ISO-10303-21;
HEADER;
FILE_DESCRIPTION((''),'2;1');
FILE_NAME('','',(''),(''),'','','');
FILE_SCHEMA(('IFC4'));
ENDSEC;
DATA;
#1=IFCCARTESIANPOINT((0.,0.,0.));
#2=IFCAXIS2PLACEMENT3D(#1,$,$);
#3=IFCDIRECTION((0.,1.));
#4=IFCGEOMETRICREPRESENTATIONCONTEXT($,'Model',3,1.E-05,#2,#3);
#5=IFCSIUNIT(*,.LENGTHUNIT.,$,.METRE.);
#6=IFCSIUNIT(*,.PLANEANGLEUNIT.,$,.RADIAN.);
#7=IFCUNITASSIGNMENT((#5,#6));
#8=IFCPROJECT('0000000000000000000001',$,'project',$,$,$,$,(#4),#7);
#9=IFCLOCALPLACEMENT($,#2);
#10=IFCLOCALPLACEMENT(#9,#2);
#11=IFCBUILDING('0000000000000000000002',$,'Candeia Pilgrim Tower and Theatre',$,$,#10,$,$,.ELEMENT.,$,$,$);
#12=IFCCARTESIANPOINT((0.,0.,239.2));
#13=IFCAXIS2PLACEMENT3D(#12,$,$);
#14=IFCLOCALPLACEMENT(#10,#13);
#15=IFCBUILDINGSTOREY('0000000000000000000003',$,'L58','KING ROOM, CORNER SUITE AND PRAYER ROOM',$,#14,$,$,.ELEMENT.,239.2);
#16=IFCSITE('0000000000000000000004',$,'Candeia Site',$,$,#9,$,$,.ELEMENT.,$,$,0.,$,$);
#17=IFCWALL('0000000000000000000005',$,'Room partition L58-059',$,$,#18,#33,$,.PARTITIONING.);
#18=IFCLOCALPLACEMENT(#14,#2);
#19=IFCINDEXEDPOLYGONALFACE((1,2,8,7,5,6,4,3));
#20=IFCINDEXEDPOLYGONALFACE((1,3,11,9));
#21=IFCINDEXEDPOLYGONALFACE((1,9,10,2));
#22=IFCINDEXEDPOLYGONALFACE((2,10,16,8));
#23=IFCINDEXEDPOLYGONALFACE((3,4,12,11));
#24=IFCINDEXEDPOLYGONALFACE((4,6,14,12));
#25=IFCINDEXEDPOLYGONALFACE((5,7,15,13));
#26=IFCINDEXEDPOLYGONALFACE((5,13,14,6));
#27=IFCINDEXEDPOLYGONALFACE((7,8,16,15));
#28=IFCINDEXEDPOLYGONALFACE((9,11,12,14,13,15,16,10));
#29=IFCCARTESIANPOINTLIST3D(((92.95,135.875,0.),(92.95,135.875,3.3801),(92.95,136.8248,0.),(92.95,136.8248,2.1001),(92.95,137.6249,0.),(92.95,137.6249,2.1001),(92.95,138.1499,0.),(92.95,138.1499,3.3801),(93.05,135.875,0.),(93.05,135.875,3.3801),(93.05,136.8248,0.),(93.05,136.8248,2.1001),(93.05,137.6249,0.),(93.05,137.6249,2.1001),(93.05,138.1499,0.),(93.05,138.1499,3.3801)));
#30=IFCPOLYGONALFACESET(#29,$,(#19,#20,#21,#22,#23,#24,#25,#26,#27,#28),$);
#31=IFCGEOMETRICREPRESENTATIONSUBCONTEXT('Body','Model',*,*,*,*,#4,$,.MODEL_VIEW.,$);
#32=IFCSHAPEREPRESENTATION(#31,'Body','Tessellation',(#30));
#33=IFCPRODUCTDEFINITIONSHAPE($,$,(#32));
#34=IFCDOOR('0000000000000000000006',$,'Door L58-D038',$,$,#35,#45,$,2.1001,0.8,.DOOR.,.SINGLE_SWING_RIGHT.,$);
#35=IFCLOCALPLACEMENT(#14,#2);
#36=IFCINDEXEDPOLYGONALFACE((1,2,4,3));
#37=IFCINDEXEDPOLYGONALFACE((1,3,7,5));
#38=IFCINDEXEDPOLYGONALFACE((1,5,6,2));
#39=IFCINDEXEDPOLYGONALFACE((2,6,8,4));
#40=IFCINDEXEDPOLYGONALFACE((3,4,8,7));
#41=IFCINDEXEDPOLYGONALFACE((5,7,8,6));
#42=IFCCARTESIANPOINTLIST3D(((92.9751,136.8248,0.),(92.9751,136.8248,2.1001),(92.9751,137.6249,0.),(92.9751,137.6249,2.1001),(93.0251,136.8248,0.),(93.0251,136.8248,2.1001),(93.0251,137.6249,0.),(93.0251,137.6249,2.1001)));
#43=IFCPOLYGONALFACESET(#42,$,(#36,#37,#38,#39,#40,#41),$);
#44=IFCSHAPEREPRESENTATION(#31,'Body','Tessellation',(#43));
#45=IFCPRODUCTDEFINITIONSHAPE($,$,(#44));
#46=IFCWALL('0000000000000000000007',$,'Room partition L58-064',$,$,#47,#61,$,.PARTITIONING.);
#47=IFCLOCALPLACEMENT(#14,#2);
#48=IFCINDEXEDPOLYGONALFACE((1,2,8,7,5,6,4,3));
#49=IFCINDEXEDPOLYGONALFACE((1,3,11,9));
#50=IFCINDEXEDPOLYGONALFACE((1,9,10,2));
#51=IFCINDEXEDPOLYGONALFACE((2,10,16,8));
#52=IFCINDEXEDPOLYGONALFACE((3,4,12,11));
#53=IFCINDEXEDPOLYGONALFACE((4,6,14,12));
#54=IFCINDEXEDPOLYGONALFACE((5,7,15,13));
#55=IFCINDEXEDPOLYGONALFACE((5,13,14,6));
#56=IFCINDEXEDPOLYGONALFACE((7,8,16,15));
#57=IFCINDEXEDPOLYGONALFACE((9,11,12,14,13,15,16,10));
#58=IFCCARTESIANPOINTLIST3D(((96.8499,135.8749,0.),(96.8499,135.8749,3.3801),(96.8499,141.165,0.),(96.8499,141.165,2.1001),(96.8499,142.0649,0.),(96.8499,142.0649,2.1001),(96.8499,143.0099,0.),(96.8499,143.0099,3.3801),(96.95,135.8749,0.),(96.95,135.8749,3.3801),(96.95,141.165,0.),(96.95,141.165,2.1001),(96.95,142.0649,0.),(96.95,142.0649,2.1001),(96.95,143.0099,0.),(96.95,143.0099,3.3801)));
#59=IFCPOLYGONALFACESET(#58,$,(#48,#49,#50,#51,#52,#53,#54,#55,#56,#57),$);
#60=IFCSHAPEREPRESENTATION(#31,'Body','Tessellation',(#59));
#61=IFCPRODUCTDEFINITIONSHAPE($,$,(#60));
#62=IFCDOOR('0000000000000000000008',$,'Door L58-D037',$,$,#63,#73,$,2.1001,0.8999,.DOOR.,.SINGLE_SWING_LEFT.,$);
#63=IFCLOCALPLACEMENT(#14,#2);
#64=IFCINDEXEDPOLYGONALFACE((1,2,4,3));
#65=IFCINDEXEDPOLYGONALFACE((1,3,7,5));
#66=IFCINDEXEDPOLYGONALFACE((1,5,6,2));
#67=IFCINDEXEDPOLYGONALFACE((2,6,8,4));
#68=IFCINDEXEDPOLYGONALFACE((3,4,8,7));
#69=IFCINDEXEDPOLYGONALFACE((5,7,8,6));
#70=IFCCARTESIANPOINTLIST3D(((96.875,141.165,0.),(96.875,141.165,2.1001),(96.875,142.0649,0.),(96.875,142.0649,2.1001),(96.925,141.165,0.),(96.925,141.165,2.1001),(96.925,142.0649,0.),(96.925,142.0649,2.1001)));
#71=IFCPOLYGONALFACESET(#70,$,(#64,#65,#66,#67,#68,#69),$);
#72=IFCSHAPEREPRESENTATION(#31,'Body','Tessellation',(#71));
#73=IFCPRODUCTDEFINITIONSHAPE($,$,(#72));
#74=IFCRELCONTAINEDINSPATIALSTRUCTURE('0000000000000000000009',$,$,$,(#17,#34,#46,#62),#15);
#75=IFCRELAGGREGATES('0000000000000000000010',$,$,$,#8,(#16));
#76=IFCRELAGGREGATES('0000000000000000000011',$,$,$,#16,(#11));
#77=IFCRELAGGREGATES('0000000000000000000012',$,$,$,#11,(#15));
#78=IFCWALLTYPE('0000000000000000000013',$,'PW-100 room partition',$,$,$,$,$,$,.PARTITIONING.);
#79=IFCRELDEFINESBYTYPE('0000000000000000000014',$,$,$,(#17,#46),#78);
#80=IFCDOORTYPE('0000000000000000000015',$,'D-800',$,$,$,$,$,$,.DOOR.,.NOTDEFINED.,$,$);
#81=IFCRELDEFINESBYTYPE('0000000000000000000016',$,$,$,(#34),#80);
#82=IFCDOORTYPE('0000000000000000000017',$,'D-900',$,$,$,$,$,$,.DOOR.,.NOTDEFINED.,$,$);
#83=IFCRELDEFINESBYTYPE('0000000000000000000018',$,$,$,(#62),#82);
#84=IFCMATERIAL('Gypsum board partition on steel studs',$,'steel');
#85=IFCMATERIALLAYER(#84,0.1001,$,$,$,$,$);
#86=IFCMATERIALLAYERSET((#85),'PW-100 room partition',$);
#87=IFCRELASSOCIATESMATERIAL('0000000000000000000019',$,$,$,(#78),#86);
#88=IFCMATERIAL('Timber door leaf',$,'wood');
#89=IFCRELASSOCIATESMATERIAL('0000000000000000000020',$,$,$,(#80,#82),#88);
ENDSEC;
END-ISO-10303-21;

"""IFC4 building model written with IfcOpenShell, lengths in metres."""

from ifc_helpers import new_model, si_unit, direction, frame, frame_2d, origin, place, context, subcontext, project, spatial, rectangle, extrude, material, layer, layer_set, type_object, element, fill, save


model = new_model("IFC4")

# Units and contexts
model_context = context("Model", 3, precision=1e-05, world=origin(), true_north=direction((0.0, 1.0)))
body_context = subcontext(model_context, "Body", "Model", "MODEL_VIEW")
ifc_project = project(units=[si_unit("LENGTHUNIT", "METRE"), si_unit("PLANEANGLEUNIT", "RADIAN")], contexts=[model_context])

# Site, building, storey
site_placement = place(None, origin())
site = spatial("IfcSite", under=ifc_project, at=site_placement, Name="Candeia Site", CompositionType="ELEMENT", RefElevation=0.0)
building_placement = place(site_placement, origin())
building = spatial("IfcBuilding", under=site, at=building_placement, Name="Candeia Pilgrim Tower and Theatre", CompositionType="ELEMENT")
storey_placement = place(building_placement, frame((0.0, 0.0, 239.2)))
storey = spatial("IfcBuildingStorey", under=building, at=storey_placement, Name="L58", Description="KING ROOM, CORNER SUITE AND PRAYER ROOM", CompositionType="ELEMENT", Elevation=239.2)

# Shared definitions
ifc_material_1 = material(Name="Gypsum board partition on steel studs", Category="steel")
ifc_layer_1 = layer(ifc_material_1, 0.1001)
ifc_layer_set_1 = layer_set([ifc_layer_1], Name="PW-100 room partition")
wall_type_1 = type_object("IfcWallType", Name="PW-100 room partition", PredefinedType="PARTITIONING", material=ifc_layer_set_1)

# Walls, openings, doors
wall_1_placement = place(storey_placement, frame((93.0, 135.875, 0.0), z_axis=(0.0, 0.0, 1.0), x_axis=(0.0, 1.0, 0.0)))
wall_1 = element("IfcWall", 1, at=wall_1_placement, inside=storey, type_object=wall_type_1, Name="Room partition L58-059", PredefinedType="PARTITIONING", context=body_context, shape_type="SweptSolid", body=[
    extrude(rectangle(XDim=2.2749, YDim=0.1001, at=frame_2d((1.1375, 0.0))), origin(), (0.0, 0.0, 1.0), 3.3801),
])
opening_1_placement = place(wall_1_placement, frame((0.95, 0.0, 0.0)))
opening_1 = element("IfcOpeningElement", 2, at=opening_1_placement, cuts=wall_1, PredefinedType="OPENING", context=body_context, shape_type="SweptSolid", body=[
    extrude(rectangle(XDim=0.8, YDim=2.1001, at=frame_2d((0.3999, 1.05))), frame((0.0, 0.0601, 0.0), z_axis=(0.0, -1.0, 0.0), x_axis=(1.0, 0.0, 0.0)), (0.0, 0.0, 1.0), 0.1201),
])
ifc_material_2 = material(Name="Timber door leaf", Category="wood")
door_type_1 = type_object("IfcDoorType", Name="D-800", OperationType="NOTDEFINED", PredefinedType="DOOR", material=ifc_material_2)
door_1_placement = place(opening_1_placement, origin())
door_1 = element("IfcDoor", 3, at=door_1_placement, inside=storey, type_object=door_type_1, Name="Door L58-D038", OperationType="SINGLE_SWING_RIGHT", OverallHeight=2.1001, OverallWidth=0.8, PredefinedType="DOOR", context=body_context, shape_type="SweptSolid", body=[
    extrude(rectangle(XDim=0.8, YDim=2.1001, at=frame_2d((0.3999, 1.05))), frame((0.0, 0.0249, 0.0), z_axis=(0.0, -1.0, 0.0), x_axis=(1.0, 0.0, 0.0)), (0.0, 0.0, 1.0), 0.05),
])
fill(opening_1, door_1)
wall_2_placement = place(storey_placement, frame((96.8999, 135.875, 0.0), z_axis=(0.0, 0.0, 1.0), x_axis=(0.0, 1.0, 0.0)))
wall_2 = element("IfcWall", 4, at=wall_2_placement, inside=storey, type_object=wall_type_1, Name="Room partition L58-064", PredefinedType="PARTITIONING", context=body_context, shape_type="SweptSolid", body=[
    extrude(rectangle(XDim=7.135, YDim=0.1001, at=frame_2d((3.5674, 0.0))), origin(), (0.0, 0.0, 1.0), 3.3801),
])
opening_2_placement = place(wall_2_placement, frame((5.29, 0.0, 0.0)))
opening_2 = element("IfcOpeningElement", 5, at=opening_2_placement, cuts=wall_2, PredefinedType="OPENING", context=body_context, shape_type="SweptSolid", body=[
    extrude(rectangle(XDim=0.8999, YDim=2.1001, at=frame_2d((0.45, 1.05))), frame((0.0, 0.0601, 0.0), z_axis=(0.0, -1.0, 0.0), x_axis=(1.0, 0.0, 0.0)), (0.0, 0.0, 1.0), 0.1201),
])
door_type_2 = type_object("IfcDoorType", Name="D-900", OperationType="NOTDEFINED", PredefinedType="DOOR", material=ifc_material_2)
door_2_placement = place(opening_2_placement, origin())
door_2 = element("IfcDoor", 6, at=door_2_placement, inside=storey, type_object=door_type_2, Name="Door L58-D037", OperationType="SINGLE_SWING_LEFT", OverallHeight=2.1001, OverallWidth=0.8999, PredefinedType="DOOR", context=body_context, shape_type="SweptSolid", body=[
    extrude(rectangle(XDim=0.8999, YDim=2.1001, at=frame_2d((0.45, 1.05))), frame((0.0, 0.0249, 0.0), z_axis=(0.0, -1.0, 0.0), x_axis=(1.0, 0.0, 0.0)), (0.0, 0.0, 1.0), 0.05),
])
fill(opening_2, door_2)

save(model, "model.ifc")
